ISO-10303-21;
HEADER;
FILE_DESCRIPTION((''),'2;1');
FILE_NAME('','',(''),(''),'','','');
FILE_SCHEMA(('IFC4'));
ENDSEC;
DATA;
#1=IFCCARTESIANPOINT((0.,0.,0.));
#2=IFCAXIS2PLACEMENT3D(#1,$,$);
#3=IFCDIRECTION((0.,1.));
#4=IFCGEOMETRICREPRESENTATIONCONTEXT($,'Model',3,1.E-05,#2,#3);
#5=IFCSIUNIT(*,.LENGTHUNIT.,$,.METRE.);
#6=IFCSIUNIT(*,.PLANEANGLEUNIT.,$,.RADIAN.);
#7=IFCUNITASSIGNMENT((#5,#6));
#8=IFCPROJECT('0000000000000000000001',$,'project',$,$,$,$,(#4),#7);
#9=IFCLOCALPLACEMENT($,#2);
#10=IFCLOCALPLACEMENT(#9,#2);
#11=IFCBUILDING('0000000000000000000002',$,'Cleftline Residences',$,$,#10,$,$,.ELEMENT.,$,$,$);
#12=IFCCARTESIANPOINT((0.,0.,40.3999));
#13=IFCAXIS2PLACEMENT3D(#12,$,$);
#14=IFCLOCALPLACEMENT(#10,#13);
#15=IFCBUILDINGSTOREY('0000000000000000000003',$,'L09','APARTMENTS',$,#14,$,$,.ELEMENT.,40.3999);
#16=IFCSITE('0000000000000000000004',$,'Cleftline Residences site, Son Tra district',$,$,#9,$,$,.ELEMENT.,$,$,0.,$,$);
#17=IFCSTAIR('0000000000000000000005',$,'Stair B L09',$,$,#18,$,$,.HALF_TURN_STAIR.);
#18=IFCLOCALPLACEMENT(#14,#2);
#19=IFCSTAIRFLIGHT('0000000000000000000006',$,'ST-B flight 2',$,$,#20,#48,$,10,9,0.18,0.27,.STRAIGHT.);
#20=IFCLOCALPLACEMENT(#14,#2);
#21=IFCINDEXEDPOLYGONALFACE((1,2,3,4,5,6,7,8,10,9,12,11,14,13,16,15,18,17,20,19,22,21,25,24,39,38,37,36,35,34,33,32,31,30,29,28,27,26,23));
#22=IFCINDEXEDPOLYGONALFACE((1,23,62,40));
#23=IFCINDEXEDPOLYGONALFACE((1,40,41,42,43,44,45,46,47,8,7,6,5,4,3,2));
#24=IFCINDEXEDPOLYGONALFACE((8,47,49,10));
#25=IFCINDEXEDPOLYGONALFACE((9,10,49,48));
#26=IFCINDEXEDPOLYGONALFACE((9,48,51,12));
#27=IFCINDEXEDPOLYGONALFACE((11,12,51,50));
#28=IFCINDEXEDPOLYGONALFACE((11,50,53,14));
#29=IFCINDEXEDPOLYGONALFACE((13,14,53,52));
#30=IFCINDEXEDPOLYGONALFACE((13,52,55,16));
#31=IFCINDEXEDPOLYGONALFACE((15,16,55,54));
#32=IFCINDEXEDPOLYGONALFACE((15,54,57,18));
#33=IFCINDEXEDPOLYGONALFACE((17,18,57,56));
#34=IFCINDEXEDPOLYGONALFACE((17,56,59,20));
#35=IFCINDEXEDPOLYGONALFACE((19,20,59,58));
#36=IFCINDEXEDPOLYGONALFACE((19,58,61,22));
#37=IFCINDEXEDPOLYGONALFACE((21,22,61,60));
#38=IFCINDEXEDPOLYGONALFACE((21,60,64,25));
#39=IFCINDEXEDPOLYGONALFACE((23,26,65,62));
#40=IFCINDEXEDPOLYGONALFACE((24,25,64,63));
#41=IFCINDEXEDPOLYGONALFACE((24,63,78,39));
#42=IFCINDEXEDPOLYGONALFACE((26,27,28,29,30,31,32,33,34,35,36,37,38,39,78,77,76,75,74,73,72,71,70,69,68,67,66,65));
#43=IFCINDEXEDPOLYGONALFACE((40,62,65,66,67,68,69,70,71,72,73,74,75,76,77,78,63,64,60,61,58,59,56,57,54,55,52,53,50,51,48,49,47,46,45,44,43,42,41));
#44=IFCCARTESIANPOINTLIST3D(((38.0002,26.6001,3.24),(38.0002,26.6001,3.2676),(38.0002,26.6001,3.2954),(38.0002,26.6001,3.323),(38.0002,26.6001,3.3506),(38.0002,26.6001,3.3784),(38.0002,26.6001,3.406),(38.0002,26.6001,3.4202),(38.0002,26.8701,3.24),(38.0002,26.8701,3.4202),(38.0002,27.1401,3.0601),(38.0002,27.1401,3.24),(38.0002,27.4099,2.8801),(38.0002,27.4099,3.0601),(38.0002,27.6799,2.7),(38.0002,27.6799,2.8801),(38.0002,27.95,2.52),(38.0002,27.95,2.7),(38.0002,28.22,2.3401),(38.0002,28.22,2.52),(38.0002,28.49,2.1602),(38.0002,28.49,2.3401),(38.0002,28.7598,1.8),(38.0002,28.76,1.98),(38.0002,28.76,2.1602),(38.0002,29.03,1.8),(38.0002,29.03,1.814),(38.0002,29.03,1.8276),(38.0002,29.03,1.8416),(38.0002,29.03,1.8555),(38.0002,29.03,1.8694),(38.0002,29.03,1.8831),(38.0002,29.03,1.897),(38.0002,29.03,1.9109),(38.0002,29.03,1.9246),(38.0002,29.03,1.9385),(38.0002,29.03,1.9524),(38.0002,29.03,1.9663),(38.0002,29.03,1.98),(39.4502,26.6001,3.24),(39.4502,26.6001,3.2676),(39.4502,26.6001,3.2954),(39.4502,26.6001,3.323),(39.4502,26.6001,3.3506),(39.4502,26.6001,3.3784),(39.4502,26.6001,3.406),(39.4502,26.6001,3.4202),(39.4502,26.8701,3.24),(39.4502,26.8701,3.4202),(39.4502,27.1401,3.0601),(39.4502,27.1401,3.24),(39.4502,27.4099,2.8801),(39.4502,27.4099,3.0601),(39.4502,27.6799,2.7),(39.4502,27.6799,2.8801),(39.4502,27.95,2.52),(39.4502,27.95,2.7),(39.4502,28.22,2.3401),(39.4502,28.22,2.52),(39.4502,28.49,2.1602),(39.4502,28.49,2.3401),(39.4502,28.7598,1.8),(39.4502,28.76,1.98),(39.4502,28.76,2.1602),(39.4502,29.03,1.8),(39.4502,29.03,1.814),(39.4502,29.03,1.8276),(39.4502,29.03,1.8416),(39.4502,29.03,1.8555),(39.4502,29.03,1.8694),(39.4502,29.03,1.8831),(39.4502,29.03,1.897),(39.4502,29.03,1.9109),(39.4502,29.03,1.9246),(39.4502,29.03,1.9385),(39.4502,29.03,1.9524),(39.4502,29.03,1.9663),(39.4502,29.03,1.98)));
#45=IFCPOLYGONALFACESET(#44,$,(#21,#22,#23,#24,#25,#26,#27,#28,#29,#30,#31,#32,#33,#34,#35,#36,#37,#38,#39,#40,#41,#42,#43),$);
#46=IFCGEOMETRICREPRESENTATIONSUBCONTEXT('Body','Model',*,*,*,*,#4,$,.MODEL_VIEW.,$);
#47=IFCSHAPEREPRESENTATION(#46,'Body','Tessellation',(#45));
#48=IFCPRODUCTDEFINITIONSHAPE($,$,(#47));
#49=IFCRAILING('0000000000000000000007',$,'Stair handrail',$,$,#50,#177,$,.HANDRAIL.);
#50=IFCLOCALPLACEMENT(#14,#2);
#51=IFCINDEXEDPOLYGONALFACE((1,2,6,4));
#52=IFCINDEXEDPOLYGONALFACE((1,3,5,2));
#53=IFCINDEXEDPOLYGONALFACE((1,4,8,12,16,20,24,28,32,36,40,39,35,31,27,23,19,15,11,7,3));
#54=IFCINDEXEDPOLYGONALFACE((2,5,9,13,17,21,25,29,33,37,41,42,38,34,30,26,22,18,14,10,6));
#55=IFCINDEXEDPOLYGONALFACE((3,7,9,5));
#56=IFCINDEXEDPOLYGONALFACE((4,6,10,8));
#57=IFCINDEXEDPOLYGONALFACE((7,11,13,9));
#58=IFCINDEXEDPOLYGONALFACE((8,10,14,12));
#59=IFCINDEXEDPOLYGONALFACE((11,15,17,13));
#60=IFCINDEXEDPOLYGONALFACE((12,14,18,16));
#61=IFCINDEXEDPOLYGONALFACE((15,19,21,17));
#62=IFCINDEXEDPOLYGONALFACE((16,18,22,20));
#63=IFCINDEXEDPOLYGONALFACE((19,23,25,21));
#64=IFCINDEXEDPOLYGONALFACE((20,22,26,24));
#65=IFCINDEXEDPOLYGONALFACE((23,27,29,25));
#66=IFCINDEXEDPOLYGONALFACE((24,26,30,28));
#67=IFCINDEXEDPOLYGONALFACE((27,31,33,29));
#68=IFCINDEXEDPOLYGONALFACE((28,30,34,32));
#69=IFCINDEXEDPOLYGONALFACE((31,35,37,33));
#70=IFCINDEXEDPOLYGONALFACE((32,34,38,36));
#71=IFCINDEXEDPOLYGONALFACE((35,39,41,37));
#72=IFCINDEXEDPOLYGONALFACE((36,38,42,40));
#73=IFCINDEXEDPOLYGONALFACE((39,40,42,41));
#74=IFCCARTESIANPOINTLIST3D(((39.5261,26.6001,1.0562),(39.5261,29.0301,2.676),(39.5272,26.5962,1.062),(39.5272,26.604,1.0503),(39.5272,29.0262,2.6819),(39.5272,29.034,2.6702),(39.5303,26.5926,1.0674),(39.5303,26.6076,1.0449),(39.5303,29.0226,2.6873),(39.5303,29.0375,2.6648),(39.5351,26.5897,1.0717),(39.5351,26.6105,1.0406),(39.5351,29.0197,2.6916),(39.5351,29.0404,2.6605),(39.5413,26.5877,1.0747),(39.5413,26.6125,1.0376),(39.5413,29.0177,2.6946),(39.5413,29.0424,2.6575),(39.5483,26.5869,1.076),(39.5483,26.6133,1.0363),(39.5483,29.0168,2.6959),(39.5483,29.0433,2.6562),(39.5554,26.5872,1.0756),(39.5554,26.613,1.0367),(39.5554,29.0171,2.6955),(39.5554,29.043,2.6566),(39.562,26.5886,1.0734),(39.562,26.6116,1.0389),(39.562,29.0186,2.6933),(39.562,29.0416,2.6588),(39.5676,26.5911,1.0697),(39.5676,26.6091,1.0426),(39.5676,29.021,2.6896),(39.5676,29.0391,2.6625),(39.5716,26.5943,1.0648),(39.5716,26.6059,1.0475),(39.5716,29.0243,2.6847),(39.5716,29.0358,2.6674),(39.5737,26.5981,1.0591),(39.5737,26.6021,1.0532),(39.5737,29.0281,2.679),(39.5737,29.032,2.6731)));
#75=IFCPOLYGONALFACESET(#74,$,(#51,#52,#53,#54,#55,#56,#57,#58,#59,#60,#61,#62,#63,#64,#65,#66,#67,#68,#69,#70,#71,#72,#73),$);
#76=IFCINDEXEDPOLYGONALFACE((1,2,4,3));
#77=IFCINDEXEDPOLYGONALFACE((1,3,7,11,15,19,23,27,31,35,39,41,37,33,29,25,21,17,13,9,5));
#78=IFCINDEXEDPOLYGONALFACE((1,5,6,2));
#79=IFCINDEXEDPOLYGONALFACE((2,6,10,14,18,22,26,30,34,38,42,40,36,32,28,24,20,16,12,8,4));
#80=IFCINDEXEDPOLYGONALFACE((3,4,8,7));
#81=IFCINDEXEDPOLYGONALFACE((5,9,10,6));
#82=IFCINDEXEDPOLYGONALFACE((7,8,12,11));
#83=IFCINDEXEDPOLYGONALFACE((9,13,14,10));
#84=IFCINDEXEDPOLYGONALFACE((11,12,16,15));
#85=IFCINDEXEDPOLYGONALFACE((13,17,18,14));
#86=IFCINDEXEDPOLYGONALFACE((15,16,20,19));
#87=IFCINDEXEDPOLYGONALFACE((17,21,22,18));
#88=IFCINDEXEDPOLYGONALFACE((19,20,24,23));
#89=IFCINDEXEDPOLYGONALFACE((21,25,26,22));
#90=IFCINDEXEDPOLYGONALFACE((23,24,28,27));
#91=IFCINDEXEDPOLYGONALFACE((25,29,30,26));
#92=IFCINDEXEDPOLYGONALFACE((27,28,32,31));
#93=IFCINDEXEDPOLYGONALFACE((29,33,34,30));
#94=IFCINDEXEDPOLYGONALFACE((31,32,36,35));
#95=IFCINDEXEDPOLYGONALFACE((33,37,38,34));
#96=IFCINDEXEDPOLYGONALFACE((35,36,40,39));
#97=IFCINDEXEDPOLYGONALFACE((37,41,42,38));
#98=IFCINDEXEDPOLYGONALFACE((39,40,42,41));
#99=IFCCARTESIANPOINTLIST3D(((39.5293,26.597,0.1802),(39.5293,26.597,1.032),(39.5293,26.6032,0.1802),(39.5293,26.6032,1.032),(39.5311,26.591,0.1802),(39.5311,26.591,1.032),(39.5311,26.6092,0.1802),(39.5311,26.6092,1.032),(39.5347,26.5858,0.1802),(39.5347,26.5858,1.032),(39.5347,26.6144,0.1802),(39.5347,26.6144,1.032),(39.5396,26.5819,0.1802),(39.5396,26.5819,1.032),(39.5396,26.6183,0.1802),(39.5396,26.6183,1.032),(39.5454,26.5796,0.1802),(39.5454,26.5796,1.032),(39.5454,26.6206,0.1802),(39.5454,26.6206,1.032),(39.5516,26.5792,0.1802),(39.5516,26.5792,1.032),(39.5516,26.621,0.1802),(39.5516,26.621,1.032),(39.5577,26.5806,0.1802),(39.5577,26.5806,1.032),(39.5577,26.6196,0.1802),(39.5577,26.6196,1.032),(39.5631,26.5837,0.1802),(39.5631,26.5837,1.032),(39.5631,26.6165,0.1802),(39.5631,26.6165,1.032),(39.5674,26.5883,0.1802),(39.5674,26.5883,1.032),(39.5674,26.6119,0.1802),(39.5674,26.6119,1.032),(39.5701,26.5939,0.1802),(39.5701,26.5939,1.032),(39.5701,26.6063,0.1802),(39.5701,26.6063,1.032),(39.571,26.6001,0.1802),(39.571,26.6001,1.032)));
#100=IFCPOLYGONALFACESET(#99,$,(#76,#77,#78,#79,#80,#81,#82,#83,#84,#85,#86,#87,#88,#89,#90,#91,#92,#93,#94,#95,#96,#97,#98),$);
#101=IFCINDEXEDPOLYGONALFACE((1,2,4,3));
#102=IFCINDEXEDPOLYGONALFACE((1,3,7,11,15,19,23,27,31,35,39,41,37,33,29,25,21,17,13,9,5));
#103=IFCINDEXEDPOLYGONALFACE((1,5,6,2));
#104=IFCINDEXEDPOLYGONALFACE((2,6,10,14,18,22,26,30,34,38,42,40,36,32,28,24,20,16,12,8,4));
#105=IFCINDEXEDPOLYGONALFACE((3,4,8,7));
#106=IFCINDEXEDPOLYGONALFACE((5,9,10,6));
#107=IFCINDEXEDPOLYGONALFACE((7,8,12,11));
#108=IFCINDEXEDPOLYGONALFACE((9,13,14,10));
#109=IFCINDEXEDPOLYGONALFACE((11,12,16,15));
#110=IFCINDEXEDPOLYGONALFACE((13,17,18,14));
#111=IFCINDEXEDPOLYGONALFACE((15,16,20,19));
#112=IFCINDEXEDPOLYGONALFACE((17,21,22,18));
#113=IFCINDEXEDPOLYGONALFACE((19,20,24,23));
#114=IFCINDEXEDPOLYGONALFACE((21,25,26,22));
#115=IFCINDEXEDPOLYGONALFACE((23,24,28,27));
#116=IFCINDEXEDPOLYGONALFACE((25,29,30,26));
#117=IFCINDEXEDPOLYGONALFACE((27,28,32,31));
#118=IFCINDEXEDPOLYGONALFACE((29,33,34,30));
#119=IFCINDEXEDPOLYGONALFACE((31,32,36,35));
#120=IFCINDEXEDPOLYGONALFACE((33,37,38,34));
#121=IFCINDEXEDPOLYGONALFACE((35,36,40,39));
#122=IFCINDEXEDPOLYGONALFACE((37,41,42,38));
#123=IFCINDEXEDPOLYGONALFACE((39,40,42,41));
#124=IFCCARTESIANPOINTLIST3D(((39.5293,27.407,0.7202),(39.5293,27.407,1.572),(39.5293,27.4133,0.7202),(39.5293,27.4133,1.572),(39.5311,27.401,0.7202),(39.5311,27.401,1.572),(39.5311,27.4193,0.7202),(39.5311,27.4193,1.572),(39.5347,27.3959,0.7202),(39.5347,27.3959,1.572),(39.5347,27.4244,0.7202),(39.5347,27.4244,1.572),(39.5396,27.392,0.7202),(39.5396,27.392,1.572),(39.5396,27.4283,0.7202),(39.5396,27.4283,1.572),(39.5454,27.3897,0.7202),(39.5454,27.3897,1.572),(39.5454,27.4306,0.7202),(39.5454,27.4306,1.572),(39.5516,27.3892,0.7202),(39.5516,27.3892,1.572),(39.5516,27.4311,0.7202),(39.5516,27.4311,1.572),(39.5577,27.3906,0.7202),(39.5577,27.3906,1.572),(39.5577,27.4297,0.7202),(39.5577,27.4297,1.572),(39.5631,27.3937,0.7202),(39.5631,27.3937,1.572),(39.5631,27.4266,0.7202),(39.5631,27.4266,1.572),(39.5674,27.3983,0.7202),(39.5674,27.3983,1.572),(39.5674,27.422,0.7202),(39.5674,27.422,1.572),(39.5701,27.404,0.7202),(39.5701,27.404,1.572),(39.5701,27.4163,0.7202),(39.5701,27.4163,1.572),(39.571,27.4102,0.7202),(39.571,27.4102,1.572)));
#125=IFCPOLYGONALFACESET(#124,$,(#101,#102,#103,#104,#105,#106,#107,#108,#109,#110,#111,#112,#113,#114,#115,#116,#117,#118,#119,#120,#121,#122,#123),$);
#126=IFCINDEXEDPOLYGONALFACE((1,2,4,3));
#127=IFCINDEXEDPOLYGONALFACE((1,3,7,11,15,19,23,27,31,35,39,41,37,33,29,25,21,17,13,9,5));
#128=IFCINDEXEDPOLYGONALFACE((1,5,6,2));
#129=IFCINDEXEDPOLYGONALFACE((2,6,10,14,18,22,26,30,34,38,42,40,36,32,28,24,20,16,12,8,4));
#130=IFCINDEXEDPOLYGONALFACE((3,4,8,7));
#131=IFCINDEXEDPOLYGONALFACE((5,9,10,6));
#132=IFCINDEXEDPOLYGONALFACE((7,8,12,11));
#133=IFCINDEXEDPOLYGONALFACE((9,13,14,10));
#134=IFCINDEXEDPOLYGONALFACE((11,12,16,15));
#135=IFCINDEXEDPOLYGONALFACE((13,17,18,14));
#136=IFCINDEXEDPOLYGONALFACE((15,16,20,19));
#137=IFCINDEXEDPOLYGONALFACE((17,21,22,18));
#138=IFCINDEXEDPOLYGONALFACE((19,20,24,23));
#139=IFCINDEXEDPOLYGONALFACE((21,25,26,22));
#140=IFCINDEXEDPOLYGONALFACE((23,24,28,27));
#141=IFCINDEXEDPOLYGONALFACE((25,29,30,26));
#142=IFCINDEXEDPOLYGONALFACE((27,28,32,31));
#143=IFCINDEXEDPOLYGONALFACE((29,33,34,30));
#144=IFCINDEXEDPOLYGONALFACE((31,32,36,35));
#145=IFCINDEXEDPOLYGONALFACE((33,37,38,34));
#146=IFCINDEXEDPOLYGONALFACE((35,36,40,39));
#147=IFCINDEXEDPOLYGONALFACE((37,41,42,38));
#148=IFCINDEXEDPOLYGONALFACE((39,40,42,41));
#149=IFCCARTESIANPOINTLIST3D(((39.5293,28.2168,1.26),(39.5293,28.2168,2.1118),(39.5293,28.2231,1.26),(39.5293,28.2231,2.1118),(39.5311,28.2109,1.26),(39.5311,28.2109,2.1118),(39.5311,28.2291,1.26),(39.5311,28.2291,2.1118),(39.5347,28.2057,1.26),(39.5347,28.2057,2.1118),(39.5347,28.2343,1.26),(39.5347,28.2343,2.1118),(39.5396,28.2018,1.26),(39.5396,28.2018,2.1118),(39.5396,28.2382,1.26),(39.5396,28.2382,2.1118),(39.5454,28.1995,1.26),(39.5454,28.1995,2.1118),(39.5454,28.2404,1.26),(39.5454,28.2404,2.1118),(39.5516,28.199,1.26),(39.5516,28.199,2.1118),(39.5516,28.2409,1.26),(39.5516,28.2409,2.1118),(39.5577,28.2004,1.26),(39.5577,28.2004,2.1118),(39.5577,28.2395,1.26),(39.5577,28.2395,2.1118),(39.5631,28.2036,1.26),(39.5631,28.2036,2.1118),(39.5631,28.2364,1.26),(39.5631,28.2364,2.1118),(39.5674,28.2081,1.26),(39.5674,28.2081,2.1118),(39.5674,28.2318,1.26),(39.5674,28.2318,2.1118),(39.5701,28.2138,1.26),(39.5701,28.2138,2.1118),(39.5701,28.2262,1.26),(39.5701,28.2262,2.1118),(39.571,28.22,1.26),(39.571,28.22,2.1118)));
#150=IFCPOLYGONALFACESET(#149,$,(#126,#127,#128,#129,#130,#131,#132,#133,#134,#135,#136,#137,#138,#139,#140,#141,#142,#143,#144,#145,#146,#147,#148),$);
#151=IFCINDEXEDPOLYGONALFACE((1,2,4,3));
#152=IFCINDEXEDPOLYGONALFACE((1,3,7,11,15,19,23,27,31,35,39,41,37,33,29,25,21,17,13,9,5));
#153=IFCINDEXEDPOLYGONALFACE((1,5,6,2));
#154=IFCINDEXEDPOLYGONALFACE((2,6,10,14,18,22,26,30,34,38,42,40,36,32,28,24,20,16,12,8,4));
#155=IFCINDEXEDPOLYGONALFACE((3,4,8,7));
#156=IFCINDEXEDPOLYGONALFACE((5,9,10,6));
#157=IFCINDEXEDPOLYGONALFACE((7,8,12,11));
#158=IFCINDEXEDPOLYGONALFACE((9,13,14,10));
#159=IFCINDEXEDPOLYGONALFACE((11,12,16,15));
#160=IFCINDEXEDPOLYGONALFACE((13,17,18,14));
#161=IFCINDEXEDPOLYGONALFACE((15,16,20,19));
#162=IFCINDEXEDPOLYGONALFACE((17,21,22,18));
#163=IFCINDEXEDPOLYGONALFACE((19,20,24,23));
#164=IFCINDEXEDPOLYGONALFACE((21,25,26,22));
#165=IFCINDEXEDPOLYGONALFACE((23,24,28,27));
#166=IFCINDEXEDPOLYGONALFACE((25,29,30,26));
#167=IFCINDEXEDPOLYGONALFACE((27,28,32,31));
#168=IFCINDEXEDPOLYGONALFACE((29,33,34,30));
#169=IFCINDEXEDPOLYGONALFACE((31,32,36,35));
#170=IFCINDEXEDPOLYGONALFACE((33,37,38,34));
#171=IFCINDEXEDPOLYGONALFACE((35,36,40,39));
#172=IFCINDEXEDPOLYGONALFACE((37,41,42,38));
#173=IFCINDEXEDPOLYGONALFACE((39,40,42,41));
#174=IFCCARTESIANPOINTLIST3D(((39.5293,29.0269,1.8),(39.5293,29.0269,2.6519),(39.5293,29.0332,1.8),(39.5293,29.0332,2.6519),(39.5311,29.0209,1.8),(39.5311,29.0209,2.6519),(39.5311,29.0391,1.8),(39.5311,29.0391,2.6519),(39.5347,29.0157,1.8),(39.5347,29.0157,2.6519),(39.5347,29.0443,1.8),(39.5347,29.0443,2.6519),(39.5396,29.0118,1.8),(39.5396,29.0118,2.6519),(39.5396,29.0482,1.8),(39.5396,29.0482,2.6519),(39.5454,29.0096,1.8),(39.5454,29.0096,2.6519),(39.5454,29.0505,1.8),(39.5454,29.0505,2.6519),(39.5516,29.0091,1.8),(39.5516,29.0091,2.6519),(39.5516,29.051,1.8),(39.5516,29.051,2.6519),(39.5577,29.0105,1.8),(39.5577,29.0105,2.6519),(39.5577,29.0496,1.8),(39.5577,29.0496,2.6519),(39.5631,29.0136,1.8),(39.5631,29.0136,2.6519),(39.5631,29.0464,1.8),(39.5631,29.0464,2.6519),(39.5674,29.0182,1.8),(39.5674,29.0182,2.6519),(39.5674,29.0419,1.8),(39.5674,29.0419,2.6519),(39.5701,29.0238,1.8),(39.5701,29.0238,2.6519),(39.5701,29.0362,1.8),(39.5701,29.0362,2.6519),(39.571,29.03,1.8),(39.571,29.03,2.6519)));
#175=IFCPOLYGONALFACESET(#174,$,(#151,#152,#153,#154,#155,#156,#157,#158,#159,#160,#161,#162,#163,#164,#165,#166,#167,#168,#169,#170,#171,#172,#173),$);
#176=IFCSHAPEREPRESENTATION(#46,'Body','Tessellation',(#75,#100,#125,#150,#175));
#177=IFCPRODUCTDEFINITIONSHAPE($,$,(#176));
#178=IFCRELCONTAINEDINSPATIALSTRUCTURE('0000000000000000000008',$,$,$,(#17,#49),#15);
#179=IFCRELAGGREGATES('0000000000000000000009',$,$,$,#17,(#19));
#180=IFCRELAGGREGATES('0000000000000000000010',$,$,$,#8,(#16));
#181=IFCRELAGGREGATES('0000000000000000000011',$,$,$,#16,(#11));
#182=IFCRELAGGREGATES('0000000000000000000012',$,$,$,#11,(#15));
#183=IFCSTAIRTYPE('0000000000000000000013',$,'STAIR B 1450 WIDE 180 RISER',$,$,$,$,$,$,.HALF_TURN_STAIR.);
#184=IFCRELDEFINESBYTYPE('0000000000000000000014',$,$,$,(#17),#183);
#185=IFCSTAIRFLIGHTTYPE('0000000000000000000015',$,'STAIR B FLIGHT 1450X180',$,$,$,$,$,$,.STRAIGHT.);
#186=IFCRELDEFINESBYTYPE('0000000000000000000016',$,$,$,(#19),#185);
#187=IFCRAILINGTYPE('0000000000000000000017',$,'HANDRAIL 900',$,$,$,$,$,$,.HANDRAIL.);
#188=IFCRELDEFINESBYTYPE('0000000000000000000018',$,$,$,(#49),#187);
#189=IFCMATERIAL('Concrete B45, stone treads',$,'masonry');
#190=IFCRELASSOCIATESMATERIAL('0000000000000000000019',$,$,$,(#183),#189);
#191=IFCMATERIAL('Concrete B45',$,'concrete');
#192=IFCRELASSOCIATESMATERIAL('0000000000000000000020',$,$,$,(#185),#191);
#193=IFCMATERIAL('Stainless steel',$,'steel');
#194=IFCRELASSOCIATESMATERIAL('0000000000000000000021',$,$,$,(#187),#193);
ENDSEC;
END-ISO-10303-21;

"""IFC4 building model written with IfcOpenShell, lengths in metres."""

from ifc_helpers import new_model, si_unit, direction, frame, origin, origin_2d, place, context, subcontext, project, spatial, polyline, circle, outline, extrude, material, type_object, element, aggregate, save


model = new_model("IFC4")

# Units and contexts
model_context = context("Model", 3, precision=1e-05, world=origin(), true_north=direction((0.0, 1.0)))
body_context = subcontext(model_context, "Body", "Model", "MODEL_VIEW")
ifc_project = project(units=[si_unit("LENGTHUNIT", "METRE"), si_unit("PLANEANGLEUNIT", "RADIAN")], contexts=[model_context])

# Site, building, storey
site_placement = place(None, origin())
site = spatial("IfcSite", under=ifc_project, at=site_placement, Name="Cleftline Residences site, Son Tra district", CompositionType="ELEMENT", RefElevation=0.0)
building_placement = place(site_placement, origin())
building = spatial("IfcBuilding", under=site, at=building_placement, Name="Cleftline Residences", CompositionType="ELEMENT")
storey_placement = place(building_placement, frame((0.0, 0.0, 40.3999)))
storey = spatial("IfcBuildingStorey", under=building, at=storey_placement, Name="L09", Description="APARTMENTS", CompositionType="ELEMENT", Elevation=40.3999)

# Stair, stair flight
ifc_material_1 = material(Name="Concrete B45, stone treads", Category="masonry")
stair_type = type_object("IfcStairType", Name="STAIR B 1450 WIDE 180 RISER", PredefinedType="HALF_TURN_STAIR", material=ifc_material_1)
stair_placement = place(storey_placement, origin())
stair = element("IfcStair", 1, at=stair_placement, inside=storey, type_object=stair_type, Name="Stair B L09", PredefinedType="HALF_TURN_STAIR")
ifc_material_2 = material(Name="Concrete B45", Category="concrete")
stair_flight_type = type_object("IfcStairFlightType", Name="STAIR B FLIGHT 1450X180", PredefinedType="STRAIGHT", material=ifc_material_2)
stair_flight_1_placement = place(storey_placement, frame((38.7251, 29.03, 1.8), z_axis=(0.0, 0.0, 1.0), x_axis=(0.0, -1.0, 0.0)))
stair_flight_1 = element("IfcStairFlight", 2, at=stair_flight_1_placement, type_object=stair_flight_type, Name="ST-B flight 2", NumberOfRisers=10, NumberOfTreads=9, PredefinedType="STRAIGHT", RiserHeight=0.18, TreadLength=0.27, context=body_context, shape_type="SweptSolid", body=[
    extrude(outline(polyline([(0.0, 0.0), (0.0, 0.0139), (0.0, 0.0276), (0.0, 0.0415), (0.0, 0.0554), (0.0, 0.0693), (0.0, 0.083), (0.0, 0.0969), (0.0, 0.1108), (0.0, 0.1245), (0.0, 0.1384), (0.0, 0.1523), (0.0, 0.1663), (0.0, 0.1799), (0.27, 0.1799), (0.27, 0.3601), (0.54, 0.3601), (0.54, 0.54), (0.8101, 0.54), (0.8101, 0.72), (1.0801, 0.72), (1.0801, 0.8999), (1.3501, 0.8999), (1.3501, 1.0801), (1.6201, 1.0801), (1.6201, 1.26), (1.8899, 1.26), (1.8899, 1.4399), (2.1599, 1.4399), (2.1599, 1.6201), (2.4299, 1.6201), (2.4299, 1.8), (2.4299, 1.7722), (2.4299, 1.7446), (2.4299, 1.7168), (2.4299, 1.6892), (2.4299, 1.6614), (2.4299, 1.6338), (2.4299, 1.606), (2.4299, 1.5784), (2.4299, 1.5505), (2.4299, 1.5229), (2.4299, 1.4954), (2.4299, 1.4675), (2.4299, 1.4399), (0.2703, 0.0), (0.0, 0.0)])), frame((0.0, 0.7251, 0.0), z_axis=(0.0, -1.0, 0.0), x_axis=(1.0, 0.0, 0.0)), (0.0, 0.0, 1.0), 1.45),
])
aggregate(stair, [stair_flight_1])

# Railing
ifc_material_3 = material(Name="Stainless steel", Category="steel")
railing_type = type_object("IfcRailingType", Name="HANDRAIL 900", PredefinedType="HANDRAIL", material=ifc_material_3)
railing_1_placement = place(storey_placement, frame((39.55, 26.6001, 0.1802)))
element("IfcRailing", 3, at=railing_1_placement, inside=storey, type_object=railing_type, Name="Stair handrail", PredefinedType="HANDRAIL", context=body_context, shape_type="SweptSolid", body=[
    extrude(circle(Radius=0.0239, at=origin_2d()), frame((0.0, 0.0, 0.876), z_axis=(0.0, 0.832063, 0.554681), x_axis=(-1.0, 0.0, 0.0)), (0.0, 0.0, 1.0), 2.9204),
    extrude(circle(Radius=0.021, at=origin_2d()), origin(), (0.0, 0.0, 1.0), 0.8518),
    extrude(circle(Radius=0.021, at=origin_2d()), frame((0.0, 0.8101, 0.54)), (0.0, 0.0, 1.0), 0.8518),
    extrude(circle(Radius=0.021, at=origin_2d()), frame((0.0, 1.6199, 1.0798)), (0.0, 0.0, 1.0), 0.8518),
    extrude(circle(Radius=0.021, at=origin_2d()), frame((0.0, 2.4299, 1.6199)), (0.0, 0.0, 1.0), 0.8518),
])

save(model, "model.ifc")
